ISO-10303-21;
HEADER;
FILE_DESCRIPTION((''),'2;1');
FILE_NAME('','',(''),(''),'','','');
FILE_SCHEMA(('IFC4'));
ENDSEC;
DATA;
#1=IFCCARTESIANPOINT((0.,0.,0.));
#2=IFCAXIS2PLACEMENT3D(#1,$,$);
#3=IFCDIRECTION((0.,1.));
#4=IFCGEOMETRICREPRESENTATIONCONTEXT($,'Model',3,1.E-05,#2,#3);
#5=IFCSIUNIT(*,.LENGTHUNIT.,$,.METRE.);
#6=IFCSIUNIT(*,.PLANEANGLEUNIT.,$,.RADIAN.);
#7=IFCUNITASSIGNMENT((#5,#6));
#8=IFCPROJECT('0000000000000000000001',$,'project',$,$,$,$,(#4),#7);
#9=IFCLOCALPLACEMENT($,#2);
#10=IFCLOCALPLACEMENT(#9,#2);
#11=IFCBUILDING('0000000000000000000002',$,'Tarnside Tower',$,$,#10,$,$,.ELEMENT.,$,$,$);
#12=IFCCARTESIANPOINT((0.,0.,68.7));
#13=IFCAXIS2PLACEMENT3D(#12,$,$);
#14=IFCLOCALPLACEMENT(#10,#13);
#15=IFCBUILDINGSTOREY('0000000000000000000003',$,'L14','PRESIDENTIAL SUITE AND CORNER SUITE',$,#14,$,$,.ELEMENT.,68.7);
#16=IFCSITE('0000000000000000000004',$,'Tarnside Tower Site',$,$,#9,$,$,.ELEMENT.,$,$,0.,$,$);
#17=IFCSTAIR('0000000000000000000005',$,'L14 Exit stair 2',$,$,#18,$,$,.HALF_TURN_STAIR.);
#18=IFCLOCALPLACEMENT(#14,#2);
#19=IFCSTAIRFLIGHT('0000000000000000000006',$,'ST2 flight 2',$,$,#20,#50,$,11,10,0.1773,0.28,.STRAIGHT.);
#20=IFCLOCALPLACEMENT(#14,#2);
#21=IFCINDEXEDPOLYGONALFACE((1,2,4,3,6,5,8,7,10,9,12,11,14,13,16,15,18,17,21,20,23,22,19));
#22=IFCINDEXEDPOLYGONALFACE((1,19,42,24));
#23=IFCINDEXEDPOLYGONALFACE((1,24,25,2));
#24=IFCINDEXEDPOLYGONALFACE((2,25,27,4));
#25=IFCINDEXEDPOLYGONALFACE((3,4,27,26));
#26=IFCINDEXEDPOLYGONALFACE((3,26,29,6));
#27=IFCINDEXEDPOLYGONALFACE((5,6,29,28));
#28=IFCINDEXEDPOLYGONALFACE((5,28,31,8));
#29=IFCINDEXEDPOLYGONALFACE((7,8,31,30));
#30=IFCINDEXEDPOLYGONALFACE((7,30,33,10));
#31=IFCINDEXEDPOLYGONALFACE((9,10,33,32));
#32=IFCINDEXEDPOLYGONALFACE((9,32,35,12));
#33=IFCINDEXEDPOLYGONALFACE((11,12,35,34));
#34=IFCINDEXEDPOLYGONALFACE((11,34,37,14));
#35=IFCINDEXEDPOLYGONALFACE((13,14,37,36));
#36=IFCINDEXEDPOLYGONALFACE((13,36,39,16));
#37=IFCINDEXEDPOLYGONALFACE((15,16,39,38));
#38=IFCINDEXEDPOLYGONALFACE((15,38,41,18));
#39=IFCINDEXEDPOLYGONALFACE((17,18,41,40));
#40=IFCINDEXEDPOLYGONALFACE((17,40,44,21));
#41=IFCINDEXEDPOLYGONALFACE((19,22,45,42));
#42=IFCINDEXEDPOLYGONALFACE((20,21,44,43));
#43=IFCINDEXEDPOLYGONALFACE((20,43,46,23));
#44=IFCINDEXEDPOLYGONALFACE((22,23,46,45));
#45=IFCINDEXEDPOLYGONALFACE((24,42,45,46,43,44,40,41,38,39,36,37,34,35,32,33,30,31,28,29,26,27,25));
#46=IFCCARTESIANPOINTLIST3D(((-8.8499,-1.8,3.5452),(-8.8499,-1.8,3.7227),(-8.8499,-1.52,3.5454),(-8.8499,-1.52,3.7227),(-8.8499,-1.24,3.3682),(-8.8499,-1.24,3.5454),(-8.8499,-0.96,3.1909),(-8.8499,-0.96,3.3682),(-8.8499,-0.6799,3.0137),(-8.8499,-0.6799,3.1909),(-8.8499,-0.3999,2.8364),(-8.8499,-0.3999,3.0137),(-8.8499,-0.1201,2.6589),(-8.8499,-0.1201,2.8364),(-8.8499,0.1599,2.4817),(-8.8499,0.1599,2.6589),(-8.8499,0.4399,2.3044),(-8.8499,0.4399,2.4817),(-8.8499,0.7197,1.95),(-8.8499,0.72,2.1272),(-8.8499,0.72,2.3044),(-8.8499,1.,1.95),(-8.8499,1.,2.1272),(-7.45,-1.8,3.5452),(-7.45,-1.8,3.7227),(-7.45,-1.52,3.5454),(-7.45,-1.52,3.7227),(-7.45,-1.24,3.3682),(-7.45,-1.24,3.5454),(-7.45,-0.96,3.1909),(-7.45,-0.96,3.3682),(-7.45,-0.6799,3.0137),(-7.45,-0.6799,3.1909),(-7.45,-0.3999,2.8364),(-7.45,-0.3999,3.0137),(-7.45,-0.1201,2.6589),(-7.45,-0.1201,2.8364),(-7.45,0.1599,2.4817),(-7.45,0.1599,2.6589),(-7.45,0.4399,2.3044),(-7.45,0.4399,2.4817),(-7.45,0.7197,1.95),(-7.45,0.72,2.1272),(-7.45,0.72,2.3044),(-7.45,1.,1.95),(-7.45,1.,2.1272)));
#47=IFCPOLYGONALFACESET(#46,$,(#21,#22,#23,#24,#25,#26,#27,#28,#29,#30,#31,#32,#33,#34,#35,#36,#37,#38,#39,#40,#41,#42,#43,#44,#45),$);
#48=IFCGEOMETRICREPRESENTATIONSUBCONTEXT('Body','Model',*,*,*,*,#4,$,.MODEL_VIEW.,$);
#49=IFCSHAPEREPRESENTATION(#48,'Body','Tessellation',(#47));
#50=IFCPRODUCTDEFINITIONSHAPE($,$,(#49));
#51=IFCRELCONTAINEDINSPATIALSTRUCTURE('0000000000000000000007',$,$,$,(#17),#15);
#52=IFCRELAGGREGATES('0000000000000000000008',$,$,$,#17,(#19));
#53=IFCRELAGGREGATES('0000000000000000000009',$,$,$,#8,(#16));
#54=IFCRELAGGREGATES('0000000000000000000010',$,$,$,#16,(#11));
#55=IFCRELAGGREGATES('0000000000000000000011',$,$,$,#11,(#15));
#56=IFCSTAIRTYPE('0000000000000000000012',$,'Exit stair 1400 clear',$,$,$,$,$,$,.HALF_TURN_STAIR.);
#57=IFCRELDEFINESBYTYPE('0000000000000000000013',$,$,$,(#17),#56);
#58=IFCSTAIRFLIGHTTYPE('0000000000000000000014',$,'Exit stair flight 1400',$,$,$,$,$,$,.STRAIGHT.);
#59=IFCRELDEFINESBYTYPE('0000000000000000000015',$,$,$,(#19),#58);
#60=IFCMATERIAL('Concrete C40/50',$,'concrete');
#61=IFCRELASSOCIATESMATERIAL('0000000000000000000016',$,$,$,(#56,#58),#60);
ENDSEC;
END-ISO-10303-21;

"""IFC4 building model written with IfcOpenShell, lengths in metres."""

from ifc_helpers import new_model, si_unit, direction, frame, origin, place, context, subcontext, project, spatial, polyline, outline, extrude, material, type_object, element, aggregate, save


model = new_model("IFC4")

# Units and contexts
model_context = context("Model", 3, precision=1e-05, world=origin(), true_north=direction((0.0, 1.0)))
body_context = subcontext(model_context, "Body", "Model", "MODEL_VIEW")
ifc_project = project(units=[si_unit("LENGTHUNIT", "METRE"), si_unit("PLANEANGLEUNIT", "RADIAN")], contexts=[model_context])

# Site, building, storey
site_placement = place(None, origin())
site = spatial("IfcSite", under=ifc_project, at=site_placement, Name="Tarnside Tower Site", CompositionType="ELEMENT", RefElevation=0.0)
building_placement = place(site_placement, origin())
building = spatial("IfcBuilding", under=site, at=building_placement, Name="Tarnside Tower", CompositionType="ELEMENT")
storey_placement = place(building_placement, frame((0.0, 0.0, 68.7)))
storey = spatial("IfcBuildingStorey", under=building, at=storey_placement, Name="L14", Description="PRESIDENTIAL SUITE AND CORNER SUITE", CompositionType="ELEMENT", Elevation=68.7)

# Shared definitions
ifc_material_1 = material(Name="Concrete C40/50", Category="concrete")

# Stair
stair_type = type_object("IfcStairType", Name="Exit stair 1400 clear", PredefinedType="HALF_TURN_STAIR", material=ifc_material_1)
stair_1_placement = place(storey_placement, origin())
stair_1 = element("IfcStair", 1, at=stair_1_placement, inside=storey, type_object=stair_type, Name="L14 Exit stair 2", PredefinedType="HALF_TURN_STAIR")

# Stair flight
stair_flight_type = type_object("IfcStairFlightType", Name="Exit stair flight 1400", PredefinedType="STRAIGHT", material=ifc_material_1)
stair_flight_placement = place(storey_placement, frame((-8.1499, 1.0, 1.95), z_axis=(0.0, 0.0, 1.0), x_axis=(0.0, -1.0, 0.0)))
stair_flight = element("IfcStairFlight", 2, at=stair_flight_placement, type_object=stair_flight_type, Name="ST2 flight 2", NumberOfRisers=11, NumberOfTreads=10, PredefinedType="STRAIGHT", RiserHeight=0.1773, TreadLength=0.28, context=body_context, shape_type="SweptSolid", body=[
    extrude(outline(polyline([(0.0, 0.0), (0.0, 0.1772), (0.28, 0.1772), (0.28, 0.3545), (0.5601, 0.3545), (0.5601, 0.5317), (0.8401, 0.5317), (0.8401, 0.709), (1.1201, 0.709), (1.1201, 0.8865), (1.3999, 0.8865), (1.3999, 1.0637), (1.6799, 1.0637), (1.6799, 1.241), (1.96, 1.241), (1.96, 1.4182), (2.24, 1.4182), (2.24, 1.5955), (2.52, 1.5955), (2.52, 1.7727), (2.8, 1.7727), (2.8, 1.95), (2.8, 1.5952), (0.2803, 0.0), (0.0, 0.0)])), frame((0.0, 0.7, 0.0), z_axis=(0.0, -1.0, 0.0), x_axis=(1.0, 0.0, 0.0)), (0.0, 0.0, 1.0), 1.3999),
])
aggregate(stair_1, [stair_flight])

save(model, "model.ifc")
